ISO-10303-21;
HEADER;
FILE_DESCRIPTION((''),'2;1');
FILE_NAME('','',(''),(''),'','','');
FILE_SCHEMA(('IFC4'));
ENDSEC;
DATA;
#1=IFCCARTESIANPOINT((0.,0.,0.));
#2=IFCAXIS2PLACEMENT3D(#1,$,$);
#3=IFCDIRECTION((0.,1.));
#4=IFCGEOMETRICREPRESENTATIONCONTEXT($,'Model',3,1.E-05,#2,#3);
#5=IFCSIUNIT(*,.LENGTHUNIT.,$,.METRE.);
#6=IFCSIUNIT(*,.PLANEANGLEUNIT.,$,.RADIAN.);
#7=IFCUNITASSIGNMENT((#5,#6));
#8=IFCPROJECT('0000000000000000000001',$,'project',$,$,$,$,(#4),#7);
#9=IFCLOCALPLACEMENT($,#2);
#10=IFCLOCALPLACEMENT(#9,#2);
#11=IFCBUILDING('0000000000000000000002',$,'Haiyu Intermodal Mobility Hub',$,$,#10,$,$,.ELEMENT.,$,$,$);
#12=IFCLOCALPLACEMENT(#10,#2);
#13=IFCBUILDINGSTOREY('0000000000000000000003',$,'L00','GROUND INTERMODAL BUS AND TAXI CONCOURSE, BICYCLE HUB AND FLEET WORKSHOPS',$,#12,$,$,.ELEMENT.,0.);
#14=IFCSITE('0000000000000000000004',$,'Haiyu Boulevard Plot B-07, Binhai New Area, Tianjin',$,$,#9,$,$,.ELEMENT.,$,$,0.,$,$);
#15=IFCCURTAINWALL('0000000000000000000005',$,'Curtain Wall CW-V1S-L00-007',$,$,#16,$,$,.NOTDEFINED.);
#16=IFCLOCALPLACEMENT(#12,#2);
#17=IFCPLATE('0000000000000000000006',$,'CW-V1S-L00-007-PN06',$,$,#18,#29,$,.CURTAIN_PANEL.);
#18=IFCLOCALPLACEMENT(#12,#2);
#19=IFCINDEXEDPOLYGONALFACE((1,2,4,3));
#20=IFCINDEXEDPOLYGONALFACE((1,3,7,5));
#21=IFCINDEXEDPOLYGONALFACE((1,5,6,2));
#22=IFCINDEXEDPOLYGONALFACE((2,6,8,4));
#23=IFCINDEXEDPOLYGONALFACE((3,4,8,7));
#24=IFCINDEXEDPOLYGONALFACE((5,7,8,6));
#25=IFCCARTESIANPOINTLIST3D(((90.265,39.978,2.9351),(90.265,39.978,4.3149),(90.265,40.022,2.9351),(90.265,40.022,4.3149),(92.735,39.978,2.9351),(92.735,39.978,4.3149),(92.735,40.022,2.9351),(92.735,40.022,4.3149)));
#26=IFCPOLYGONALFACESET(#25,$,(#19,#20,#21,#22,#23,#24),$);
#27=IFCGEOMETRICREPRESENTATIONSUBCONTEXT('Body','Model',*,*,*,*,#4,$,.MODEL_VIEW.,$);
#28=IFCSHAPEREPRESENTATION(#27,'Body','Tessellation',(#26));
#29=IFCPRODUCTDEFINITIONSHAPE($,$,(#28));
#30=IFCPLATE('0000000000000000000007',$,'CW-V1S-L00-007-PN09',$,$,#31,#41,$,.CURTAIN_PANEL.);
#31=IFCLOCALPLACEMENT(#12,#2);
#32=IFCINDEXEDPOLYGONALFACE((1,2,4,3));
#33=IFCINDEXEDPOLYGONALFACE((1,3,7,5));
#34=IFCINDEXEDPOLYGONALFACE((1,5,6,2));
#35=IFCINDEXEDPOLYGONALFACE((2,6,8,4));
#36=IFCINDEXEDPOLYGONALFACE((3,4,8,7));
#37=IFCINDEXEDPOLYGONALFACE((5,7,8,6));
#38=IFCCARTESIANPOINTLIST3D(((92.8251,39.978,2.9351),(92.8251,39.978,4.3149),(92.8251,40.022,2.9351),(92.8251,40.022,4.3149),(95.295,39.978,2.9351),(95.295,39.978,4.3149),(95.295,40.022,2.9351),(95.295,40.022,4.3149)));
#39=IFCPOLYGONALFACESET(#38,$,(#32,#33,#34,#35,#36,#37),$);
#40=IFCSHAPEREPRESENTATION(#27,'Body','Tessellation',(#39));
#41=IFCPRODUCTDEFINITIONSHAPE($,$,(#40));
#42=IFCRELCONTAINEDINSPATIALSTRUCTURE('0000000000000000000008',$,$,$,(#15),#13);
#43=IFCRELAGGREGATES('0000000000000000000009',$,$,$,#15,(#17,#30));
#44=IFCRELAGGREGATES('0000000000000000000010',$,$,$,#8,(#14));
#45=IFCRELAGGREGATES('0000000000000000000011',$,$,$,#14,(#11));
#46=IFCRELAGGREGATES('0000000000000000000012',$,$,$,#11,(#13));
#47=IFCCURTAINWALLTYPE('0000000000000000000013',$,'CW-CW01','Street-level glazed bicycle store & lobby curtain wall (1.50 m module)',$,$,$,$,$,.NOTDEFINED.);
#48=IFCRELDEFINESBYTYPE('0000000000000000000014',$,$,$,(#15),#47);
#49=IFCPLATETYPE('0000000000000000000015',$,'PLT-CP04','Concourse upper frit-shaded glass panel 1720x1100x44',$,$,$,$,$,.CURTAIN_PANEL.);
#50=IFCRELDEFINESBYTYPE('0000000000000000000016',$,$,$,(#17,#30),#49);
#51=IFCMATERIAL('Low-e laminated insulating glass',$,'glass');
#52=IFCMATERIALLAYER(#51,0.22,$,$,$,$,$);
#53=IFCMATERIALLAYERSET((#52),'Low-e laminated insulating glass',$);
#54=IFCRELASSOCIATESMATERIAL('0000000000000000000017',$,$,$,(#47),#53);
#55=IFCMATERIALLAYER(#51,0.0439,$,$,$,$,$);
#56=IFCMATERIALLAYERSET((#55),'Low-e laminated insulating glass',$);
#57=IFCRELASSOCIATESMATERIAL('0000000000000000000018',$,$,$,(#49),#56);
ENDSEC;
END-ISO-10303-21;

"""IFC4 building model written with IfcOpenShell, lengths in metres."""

from ifc_helpers import new_model, si_unit, direction, frame, origin, origin_2d, place, context, subcontext, project, spatial, rectangle, extrude, material, layer, layer_set, type_object, element, aggregate, save


model = new_model("IFC4")

# Units and contexts
model_context = context("Model", 3, precision=1e-05, world=origin(), true_north=direction((0.0, 1.0)))
body_context = subcontext(model_context, "Body", "Model", "MODEL_VIEW")
ifc_project = project(units=[si_unit("LENGTHUNIT", "METRE"), si_unit("PLANEANGLEUNIT", "RADIAN")], contexts=[model_context])

# Site, building, storey
site_placement = place(None, origin())
site = spatial("IfcSite", under=ifc_project, at=site_placement, Name="Haiyu Boulevard Plot B-07, Binhai New Area, Tianjin", CompositionType="ELEMENT", RefElevation=0.0)
building_placement = place(site_placement, origin())
building = spatial("IfcBuilding", under=site, at=building_placement, Name="Haiyu Intermodal Mobility Hub", CompositionType="ELEMENT")
storey_placement = place(building_placement, origin())
storey = spatial("IfcBuildingStorey", under=building, at=storey_placement, Name="L00", Description="GROUND INTERMODAL BUS AND TAXI CONCOURSE, BICYCLE HUB AND FLEET WORKSHOPS", CompositionType="ELEMENT", Elevation=0.0)

# Shared definitions
ifc_material_1 = material(Name="Low-e laminated insulating glass", Category="glass")
ifc_layer_1 = layer(ifc_material_1, 0.22)
ifc_layer_set_1 = layer_set([ifc_layer_1], Name="Low-e laminated insulating glass")
curtain_wall_type = type_object("IfcCurtainWallType", Name="CW-CW01", Description="Street-level glazed bicycle store & lobby curtain wall (1.50 m module)", PredefinedType="NOTDEFINED", material=ifc_layer_set_1)

# Curtain wall
curtain_wall_1_placement = place(storey_placement, origin())
curtain_wall_1 = element("IfcCurtainWall", 1, at=curtain_wall_1_placement, inside=storey, type_object=curtain_wall_type, Name="Curtain Wall CW-V1S-L00-007", PredefinedType="NOTDEFINED")

# Plates
ifc_layer_2 = layer(ifc_material_1, 0.0439)
ifc_layer_set_2 = layer_set([ifc_layer_2], Name="Low-e laminated insulating glass")
plate_type_1 = type_object("IfcPlateType", Name="PLT-CP04", Description="Concourse upper frit-shaded glass panel 1720x1100x44", PredefinedType="CURTAIN_PANEL", material=ifc_layer_set_2)
plate_1_placement = place(storey_placement, frame((91.5, 40.0, 2.9351), z_axis=(0.0, 0.0, 1.0), x_axis=(1.0, 0.0, 0.0)))
plate_1 = element("IfcPlate", 2, at=plate_1_placement, type_object=plate_type_1, Name="CW-V1S-L00-007-PN06", PredefinedType="CURTAIN_PANEL", context=body_context, shape_type="SweptSolid", body=[
    extrude(rectangle(XDim=2.47, YDim=0.0439, at=origin_2d()), origin(), (0.0, 0.0, 1.0), 1.3799),
])
plate_2_placement = place(storey_placement, frame((94.0601, 40.0, 2.9351), z_axis=(0.0, 0.0, 1.0), x_axis=(1.0, 0.0, 0.0)))
plate_2 = element("IfcPlate", 3, at=plate_2_placement, type_object=plate_type_1, Name="CW-V1S-L00-007-PN09", PredefinedType="CURTAIN_PANEL", context=body_context, shape_type="SweptSolid", body=[
    extrude(rectangle(XDim=2.47, YDim=0.0439, at=origin_2d()), origin(), (0.0, 0.0, 1.0), 1.3799),
])
aggregate(curtain_wall_1, [plate_1, plate_2])

save(model, "model.ifc")
